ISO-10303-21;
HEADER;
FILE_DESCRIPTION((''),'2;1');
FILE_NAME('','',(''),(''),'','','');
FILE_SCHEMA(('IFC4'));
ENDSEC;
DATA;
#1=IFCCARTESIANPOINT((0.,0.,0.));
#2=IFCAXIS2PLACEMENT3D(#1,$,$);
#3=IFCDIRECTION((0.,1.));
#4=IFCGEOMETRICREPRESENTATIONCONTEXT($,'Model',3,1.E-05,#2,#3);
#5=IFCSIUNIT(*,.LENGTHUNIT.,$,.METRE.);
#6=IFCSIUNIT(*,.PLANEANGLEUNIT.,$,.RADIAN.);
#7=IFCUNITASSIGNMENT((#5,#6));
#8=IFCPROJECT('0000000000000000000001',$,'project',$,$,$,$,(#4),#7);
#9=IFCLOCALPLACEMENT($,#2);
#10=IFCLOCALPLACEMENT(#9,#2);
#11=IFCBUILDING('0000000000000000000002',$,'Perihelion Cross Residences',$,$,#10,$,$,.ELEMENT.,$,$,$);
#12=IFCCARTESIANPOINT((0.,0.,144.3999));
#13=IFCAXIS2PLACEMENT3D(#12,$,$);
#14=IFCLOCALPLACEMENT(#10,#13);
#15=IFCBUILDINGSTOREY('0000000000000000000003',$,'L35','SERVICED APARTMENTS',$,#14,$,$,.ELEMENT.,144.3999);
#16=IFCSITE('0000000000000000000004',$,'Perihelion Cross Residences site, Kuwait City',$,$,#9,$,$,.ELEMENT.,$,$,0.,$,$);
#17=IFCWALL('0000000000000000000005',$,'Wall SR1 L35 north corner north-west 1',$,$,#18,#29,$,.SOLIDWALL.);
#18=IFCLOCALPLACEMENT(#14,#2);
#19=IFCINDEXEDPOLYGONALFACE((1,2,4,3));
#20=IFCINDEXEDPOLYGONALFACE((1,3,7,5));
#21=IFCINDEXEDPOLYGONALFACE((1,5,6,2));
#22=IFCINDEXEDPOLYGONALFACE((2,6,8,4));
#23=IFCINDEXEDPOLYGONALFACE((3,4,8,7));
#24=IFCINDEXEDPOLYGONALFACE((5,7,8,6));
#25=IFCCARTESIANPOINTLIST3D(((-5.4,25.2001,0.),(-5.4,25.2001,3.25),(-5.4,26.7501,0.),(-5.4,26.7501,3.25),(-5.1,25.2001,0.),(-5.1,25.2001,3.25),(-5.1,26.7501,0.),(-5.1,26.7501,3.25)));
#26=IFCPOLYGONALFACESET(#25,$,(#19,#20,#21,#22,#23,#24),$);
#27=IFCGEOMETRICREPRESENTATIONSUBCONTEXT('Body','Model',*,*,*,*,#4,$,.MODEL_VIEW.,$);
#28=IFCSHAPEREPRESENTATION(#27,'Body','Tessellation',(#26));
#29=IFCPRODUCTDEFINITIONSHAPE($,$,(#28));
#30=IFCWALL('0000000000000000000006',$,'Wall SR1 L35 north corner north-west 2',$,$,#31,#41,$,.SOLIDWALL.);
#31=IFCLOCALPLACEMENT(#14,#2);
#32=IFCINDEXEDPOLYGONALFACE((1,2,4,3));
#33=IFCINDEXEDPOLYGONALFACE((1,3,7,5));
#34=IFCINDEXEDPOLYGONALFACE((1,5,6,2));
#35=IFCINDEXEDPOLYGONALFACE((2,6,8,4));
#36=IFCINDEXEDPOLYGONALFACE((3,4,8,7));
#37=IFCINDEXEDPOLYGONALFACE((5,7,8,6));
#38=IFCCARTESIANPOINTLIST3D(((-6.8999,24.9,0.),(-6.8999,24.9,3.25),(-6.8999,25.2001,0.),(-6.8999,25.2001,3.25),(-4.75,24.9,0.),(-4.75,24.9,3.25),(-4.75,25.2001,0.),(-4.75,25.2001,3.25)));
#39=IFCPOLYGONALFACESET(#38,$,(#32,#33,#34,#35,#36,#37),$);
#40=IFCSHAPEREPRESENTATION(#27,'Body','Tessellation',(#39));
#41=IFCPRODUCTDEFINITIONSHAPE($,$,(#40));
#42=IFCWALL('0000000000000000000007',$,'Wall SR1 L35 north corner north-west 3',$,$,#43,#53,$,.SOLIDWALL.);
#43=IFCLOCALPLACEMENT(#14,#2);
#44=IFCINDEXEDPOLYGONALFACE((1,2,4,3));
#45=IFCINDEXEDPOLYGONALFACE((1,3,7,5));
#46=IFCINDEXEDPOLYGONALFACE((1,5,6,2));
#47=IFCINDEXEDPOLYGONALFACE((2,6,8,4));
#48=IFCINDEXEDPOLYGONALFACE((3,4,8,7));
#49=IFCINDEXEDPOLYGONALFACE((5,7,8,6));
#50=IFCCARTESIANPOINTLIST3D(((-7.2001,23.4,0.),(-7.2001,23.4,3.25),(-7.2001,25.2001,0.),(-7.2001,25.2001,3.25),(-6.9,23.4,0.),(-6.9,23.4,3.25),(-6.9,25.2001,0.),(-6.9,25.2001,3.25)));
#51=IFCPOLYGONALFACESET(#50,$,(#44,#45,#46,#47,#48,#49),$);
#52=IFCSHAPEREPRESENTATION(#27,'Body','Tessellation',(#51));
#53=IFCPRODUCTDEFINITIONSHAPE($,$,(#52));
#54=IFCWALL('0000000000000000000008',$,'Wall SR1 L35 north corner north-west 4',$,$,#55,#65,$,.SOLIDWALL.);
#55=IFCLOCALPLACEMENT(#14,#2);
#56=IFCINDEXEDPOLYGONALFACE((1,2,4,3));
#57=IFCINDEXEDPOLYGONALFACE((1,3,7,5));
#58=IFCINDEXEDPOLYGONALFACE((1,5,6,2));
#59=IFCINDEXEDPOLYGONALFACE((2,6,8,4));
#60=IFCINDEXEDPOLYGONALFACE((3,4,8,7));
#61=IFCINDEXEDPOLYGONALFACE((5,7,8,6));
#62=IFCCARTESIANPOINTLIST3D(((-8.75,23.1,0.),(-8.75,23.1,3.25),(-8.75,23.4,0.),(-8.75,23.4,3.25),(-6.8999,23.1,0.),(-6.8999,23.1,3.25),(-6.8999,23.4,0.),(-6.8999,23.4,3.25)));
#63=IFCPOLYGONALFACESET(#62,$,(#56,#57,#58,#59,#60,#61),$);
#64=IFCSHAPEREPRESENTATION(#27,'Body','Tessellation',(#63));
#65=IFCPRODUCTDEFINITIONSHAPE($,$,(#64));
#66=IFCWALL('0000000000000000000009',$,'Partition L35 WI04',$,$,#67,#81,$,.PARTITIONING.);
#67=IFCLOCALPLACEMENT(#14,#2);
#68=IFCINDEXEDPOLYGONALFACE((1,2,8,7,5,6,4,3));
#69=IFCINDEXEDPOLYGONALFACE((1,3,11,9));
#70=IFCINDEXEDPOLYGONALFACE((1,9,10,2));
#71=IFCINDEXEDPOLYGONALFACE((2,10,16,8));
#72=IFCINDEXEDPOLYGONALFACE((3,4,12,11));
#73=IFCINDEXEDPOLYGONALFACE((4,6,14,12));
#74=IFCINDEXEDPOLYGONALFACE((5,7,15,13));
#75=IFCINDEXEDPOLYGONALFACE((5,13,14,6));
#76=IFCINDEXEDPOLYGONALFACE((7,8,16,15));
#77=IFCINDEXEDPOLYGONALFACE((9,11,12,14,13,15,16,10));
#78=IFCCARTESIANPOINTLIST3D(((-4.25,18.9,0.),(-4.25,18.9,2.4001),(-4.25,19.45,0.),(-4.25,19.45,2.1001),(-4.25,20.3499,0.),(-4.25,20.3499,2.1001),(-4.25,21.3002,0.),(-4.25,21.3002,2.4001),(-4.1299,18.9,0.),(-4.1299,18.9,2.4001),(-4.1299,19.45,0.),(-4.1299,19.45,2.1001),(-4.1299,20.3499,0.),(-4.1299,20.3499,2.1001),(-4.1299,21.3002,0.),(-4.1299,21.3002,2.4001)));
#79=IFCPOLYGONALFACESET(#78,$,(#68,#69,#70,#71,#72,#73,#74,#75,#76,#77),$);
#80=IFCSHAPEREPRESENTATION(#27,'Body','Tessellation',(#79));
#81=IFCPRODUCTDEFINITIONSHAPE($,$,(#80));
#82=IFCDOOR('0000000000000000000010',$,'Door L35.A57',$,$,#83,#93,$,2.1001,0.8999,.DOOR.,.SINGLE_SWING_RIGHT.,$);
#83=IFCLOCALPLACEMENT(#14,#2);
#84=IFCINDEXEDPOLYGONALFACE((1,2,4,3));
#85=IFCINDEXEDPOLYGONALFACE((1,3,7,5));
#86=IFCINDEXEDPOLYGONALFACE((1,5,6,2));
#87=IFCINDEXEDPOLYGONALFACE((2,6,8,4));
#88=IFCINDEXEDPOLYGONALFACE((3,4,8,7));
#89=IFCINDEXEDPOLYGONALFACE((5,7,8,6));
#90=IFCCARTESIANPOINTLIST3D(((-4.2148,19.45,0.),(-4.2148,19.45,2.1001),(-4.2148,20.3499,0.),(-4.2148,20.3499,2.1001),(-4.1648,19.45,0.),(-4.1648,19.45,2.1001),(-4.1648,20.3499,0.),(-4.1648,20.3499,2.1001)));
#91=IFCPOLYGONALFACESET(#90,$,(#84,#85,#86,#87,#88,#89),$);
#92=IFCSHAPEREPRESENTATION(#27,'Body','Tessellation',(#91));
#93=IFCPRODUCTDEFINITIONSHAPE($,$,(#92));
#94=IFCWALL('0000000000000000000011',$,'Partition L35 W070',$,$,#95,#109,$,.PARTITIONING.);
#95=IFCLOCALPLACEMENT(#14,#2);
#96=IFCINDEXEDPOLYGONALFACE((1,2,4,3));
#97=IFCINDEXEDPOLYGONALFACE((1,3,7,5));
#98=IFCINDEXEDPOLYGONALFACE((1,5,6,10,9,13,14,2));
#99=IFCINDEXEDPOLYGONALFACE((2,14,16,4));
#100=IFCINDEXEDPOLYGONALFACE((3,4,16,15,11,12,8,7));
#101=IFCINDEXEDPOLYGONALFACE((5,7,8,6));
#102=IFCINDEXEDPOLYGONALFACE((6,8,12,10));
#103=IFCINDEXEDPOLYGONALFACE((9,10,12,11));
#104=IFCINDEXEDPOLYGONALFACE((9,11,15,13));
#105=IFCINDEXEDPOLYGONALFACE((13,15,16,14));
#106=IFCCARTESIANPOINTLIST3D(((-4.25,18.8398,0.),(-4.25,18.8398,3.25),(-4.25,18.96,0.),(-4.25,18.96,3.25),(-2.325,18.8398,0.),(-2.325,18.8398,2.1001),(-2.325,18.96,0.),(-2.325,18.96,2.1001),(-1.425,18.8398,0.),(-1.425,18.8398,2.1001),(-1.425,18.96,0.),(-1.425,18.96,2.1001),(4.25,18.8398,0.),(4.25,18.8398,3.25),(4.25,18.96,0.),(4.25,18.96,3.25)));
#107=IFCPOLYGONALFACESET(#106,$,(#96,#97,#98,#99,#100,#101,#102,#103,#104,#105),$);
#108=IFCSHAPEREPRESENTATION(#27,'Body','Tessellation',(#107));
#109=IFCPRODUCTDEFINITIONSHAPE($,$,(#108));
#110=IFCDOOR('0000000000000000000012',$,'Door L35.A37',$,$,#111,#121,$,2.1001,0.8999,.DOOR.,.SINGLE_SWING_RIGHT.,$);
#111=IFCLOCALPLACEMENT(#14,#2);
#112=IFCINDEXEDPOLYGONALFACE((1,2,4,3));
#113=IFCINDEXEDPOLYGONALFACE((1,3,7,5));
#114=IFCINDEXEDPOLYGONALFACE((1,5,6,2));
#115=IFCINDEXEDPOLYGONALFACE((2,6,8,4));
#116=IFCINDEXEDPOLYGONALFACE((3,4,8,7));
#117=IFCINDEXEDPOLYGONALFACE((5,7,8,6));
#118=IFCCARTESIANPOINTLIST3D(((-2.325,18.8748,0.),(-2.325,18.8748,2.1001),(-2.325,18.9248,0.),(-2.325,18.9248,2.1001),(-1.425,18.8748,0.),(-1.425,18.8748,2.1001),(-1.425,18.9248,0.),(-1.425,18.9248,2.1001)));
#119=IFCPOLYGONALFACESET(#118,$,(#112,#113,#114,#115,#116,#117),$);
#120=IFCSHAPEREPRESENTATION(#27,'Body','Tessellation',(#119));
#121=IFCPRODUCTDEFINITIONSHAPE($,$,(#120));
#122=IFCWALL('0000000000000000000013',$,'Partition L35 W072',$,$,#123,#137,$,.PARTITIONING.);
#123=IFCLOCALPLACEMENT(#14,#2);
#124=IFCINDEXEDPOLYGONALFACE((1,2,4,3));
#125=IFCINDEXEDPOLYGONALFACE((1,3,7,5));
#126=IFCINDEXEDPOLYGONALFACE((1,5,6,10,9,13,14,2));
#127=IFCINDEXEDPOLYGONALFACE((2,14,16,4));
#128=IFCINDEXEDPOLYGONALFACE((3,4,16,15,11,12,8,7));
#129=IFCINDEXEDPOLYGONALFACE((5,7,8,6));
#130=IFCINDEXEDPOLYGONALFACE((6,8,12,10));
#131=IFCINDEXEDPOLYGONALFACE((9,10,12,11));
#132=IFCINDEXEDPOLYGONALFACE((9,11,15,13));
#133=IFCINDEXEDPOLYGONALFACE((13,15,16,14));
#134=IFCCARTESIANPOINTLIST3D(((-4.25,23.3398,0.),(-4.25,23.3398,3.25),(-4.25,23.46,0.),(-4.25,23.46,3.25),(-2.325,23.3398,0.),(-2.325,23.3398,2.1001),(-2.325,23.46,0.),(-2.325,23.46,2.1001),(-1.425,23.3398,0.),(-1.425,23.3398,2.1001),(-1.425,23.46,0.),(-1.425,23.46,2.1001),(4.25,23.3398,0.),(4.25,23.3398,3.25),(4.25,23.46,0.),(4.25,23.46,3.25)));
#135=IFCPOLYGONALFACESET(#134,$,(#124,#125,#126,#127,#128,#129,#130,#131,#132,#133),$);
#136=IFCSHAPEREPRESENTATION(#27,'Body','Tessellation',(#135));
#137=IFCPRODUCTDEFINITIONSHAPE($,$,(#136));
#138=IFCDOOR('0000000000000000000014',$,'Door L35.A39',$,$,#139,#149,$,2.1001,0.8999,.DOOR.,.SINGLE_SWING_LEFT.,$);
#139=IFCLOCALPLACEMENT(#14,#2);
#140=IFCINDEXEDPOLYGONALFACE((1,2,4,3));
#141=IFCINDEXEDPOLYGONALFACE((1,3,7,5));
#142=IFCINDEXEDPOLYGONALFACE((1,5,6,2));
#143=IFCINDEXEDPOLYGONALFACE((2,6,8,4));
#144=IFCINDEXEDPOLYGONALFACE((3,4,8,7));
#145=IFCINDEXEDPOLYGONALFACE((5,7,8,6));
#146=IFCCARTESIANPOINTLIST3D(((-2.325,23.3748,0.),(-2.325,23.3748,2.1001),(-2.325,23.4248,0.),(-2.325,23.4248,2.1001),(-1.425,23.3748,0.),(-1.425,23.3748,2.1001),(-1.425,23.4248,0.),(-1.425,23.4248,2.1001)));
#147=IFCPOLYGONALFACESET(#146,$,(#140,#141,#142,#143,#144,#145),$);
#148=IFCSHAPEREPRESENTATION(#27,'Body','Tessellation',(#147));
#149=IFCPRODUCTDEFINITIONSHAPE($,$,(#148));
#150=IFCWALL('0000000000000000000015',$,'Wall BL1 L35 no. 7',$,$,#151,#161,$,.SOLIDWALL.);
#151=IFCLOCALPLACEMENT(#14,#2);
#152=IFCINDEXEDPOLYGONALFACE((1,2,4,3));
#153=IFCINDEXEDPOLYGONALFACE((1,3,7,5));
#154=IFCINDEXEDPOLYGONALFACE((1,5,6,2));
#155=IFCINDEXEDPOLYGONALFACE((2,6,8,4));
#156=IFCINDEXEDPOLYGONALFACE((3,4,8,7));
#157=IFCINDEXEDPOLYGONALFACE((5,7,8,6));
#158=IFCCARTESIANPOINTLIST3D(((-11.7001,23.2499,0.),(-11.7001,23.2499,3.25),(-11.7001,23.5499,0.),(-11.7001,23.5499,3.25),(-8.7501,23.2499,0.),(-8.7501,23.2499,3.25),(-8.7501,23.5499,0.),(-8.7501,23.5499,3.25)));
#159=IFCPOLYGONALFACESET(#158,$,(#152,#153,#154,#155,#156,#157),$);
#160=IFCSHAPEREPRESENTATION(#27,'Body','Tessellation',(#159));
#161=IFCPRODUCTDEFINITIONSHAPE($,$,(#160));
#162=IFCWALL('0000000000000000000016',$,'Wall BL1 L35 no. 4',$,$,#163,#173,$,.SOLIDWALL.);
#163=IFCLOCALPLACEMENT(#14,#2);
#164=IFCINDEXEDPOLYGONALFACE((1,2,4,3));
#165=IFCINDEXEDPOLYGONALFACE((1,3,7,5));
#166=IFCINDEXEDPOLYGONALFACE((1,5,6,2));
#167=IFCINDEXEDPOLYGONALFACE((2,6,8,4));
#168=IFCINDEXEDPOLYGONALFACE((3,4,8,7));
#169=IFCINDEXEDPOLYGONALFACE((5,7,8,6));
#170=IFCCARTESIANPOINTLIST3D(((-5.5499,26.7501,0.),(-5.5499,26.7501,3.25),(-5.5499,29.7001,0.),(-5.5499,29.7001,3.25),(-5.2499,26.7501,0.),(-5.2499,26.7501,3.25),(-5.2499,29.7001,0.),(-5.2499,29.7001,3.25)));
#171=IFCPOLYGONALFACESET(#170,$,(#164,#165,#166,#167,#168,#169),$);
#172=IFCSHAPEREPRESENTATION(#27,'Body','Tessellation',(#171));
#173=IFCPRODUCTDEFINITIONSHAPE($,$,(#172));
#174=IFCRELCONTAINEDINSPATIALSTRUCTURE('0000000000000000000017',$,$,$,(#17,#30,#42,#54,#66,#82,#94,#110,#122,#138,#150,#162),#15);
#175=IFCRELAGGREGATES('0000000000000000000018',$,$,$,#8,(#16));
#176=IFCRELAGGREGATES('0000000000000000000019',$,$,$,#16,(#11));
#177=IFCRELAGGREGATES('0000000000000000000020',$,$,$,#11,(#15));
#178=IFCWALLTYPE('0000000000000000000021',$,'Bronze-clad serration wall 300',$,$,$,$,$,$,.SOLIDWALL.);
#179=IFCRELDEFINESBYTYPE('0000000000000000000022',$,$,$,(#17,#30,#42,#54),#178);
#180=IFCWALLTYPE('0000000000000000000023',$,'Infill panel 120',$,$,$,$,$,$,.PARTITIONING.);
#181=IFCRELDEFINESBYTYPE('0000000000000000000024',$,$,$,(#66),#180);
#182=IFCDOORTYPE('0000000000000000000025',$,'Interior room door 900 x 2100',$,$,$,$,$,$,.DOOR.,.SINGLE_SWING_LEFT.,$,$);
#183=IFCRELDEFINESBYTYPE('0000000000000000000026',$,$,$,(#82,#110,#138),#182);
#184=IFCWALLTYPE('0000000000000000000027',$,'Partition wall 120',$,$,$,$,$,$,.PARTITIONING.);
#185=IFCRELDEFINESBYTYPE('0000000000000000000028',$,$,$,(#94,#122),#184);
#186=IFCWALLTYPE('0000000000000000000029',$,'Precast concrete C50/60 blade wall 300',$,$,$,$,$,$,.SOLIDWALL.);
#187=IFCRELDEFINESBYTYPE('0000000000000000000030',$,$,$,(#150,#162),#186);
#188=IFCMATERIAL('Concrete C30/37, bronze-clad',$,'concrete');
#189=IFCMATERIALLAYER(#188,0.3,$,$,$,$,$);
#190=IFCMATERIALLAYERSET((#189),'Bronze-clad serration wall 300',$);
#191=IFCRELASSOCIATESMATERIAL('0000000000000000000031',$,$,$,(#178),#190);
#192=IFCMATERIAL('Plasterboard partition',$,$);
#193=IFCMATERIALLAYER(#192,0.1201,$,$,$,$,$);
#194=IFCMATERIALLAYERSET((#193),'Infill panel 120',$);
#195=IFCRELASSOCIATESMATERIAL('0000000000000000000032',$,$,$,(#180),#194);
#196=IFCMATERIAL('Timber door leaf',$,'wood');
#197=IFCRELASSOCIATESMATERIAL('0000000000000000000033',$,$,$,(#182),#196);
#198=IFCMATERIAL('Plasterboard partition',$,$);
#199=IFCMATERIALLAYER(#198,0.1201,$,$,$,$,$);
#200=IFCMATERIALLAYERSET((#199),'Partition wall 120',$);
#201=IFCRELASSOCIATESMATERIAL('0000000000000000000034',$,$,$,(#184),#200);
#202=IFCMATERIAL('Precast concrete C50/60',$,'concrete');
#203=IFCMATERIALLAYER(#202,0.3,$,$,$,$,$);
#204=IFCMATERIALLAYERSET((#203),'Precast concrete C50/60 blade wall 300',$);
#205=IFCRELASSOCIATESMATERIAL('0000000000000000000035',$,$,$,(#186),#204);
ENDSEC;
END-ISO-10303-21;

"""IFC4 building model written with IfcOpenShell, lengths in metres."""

from ifc_helpers import new_model, si_unit, direction, frame, frame_2d, origin, place, context, subcontext, project, spatial, rectangle, extrude, material, layer, layer_set, type_object, element, fill, save


model = new_model("IFC4")

# Units and contexts
model_context = context("Model", 3, precision=1e-05, world=origin(), true_north=direction((0.0, 1.0)))
body_context = subcontext(model_context, "Body", "Model", "MODEL_VIEW")
ifc_project = project(units=[si_unit("LENGTHUNIT", "METRE"), si_unit("PLANEANGLEUNIT", "RADIAN")], contexts=[model_context])

# Site, building, storey
site_placement = place(None, origin())
site = spatial("IfcSite", under=ifc_project, at=site_placement, Name="Perihelion Cross Residences site, Kuwait City", CompositionType="ELEMENT", RefElevation=0.0)
building_placement = place(site_placement, origin())
building = spatial("IfcBuilding", under=site, at=building_placement, Name="Perihelion Cross Residences", CompositionType="ELEMENT")
storey_placement = place(building_placement, frame((0.0, 0.0, 144.3999)))
storey = spatial("IfcBuildingStorey", under=building, at=storey_placement, Name="L35", Description="SERVICED APARTMENTS", CompositionType="ELEMENT", Elevation=144.3999)

# Walls
ifc_material_1 = material(Name="Concrete C30/37, bronze-clad", Category="concrete")
ifc_layer_1 = layer(ifc_material_1, 0.3)
ifc_layer_set_1 = layer_set([ifc_layer_1], Name="Bronze-clad serration wall 300")
wall_type_1 = type_object("IfcWallType", Name="Bronze-clad serration wall 300", PredefinedType="SOLIDWALL", material=ifc_layer_set_1)
wall_1_placement = place(storey_placement, frame((-5.25, 26.75, 0.0), z_axis=(0.0, 0.0, 1.0), x_axis=(0.0, -1.0, 0.0)))
element("IfcWall", 1, at=wall_1_placement, inside=storey, type_object=wall_type_1, Name="Wall SR1 L35 north corner north-west 1", PredefinedType="SOLIDWALL", context=body_context, shape_type="SweptSolid", body=[
    extrude(rectangle(XDim=1.55, YDim=0.3, at=frame_2d((0.7749, 0.0))), origin(), (0.0, 0.0, 1.0), 3.25),
])
wall_2_placement = place(storey_placement, frame((-4.75, 25.05, 0.0), z_axis=(0.0, 0.0, 1.0), x_axis=(-1.0, 0.0, 0.0)))
element("IfcWall", 2, at=wall_2_placement, inside=storey, type_object=wall_type_1, Name="Wall SR1 L35 north corner north-west 2", PredefinedType="SOLIDWALL", context=body_context, shape_type="SweptSolid", body=[
    extrude(rectangle(XDim=2.1499, YDim=0.3, at=frame_2d((1.075, 0.0))), origin(), (0.0, 0.0, 1.0), 3.25),
])
wall_3_placement = place(storey_placement, frame((-7.05, 25.2, 0.0), z_axis=(0.0, 0.0, 1.0), x_axis=(0.0, -1.0, 0.0)))
element("IfcWall", 3, at=wall_3_placement, inside=storey, type_object=wall_type_1, Name="Wall SR1 L35 north corner north-west 3", PredefinedType="SOLIDWALL", context=body_context, shape_type="SweptSolid", body=[
    extrude(rectangle(XDim=1.8, YDim=0.3, at=frame_2d((0.8999, 0.0))), origin(), (0.0, 0.0, 1.0), 3.25),
])
wall_4_placement = place(storey_placement, frame((-6.8999, 23.25, 0.0), z_axis=(0.0, 0.0, 1.0), x_axis=(-1.0, 0.0, 0.0)))
element("IfcWall", 4, at=wall_4_placement, inside=storey, type_object=wall_type_1, Name="Wall SR1 L35 north corner north-west 4", PredefinedType="SOLIDWALL", context=body_context, shape_type="SweptSolid", body=[
    extrude(rectangle(XDim=1.8501, YDim=0.3, at=frame_2d((0.925, 0.0))), origin(), (0.0, 0.0, 1.0), 3.25),
])

# Walls, openings, doors
ifc_material_2 = material(Name="Plasterboard partition")
ifc_layer_2 = layer(ifc_material_2, 0.1201)
ifc_layer_set_2 = layer_set([ifc_layer_2], Name="Infill panel 120")
wall_type_2 = type_object("IfcWallType", Name="Infill panel 120", PredefinedType="PARTITIONING", material=ifc_layer_set_2)
wall_5_placement = place(storey_placement, frame((-4.1899, 18.8999, 0.0), z_axis=(0.0, 0.0, 1.0), x_axis=(0.0, 1.0, 0.0)))
wall_5 = element("IfcWall", 5, at=wall_5_placement, inside=storey, type_object=wall_type_2, Name="Partition L35 WI04", PredefinedType="PARTITIONING", context=body_context, shape_type="SweptSolid", body=[
    extrude(rectangle(XDim=2.4001, YDim=0.1201, at=frame_2d((1.2002, 0.0))), origin(), (0.0, 0.0, 1.0), 2.4001),
])
opening_1_placement = place(wall_5_placement, frame((0.55, 0.0, 0.0)))
opening_1 = element("IfcOpeningElement", 6, at=opening_1_placement, cuts=wall_5, PredefinedType="OPENING", context=body_context, shape_type="SweptSolid", body=[
    extrude(rectangle(XDim=0.8999, YDim=2.1001, at=frame_2d((0.45, 1.05))), frame((0.0, 0.0701, 0.0), z_axis=(0.0, -1.0, 0.0), x_axis=(1.0, 0.0, 0.0)), (0.0, 0.0, 1.0), 0.1401),
])
ifc_material_3 = material(Name="Timber door leaf", Category="wood")
door_type_1 = type_object("IfcDoorType", Name="Interior room door 900 x 2100", OperationType="SINGLE_SWING_LEFT", PredefinedType="DOOR", material=ifc_material_3)
door_1_placement = place(opening_1_placement, origin())
door_1 = element("IfcDoor", 7, at=door_1_placement, inside=storey, type_object=door_type_1, Name="Door L35.A57", OperationType="SINGLE_SWING_RIGHT", OverallHeight=2.1001, OverallWidth=0.8999, PredefinedType="DOOR", context=body_context, shape_type="SweptSolid", body=[
    extrude(rectangle(XDim=0.8999, YDim=2.1001, at=frame_2d((0.45, 1.05))), frame((0.0, 0.0249, 0.0), z_axis=(0.0, -1.0, 0.0), x_axis=(1.0, 0.0, 0.0)), (0.0, 0.0, 1.0), 0.05),
])
fill(opening_1, door_1)
ifc_material_4 = material(Name="Plasterboard partition")
ifc_layer_3 = layer(ifc_material_4, 0.1201)
ifc_layer_set_3 = layer_set([ifc_layer_3], Name="Partition wall 120")
wall_type_3 = type_object("IfcWallType", Name="Partition wall 120", PredefinedType="PARTITIONING", material=ifc_layer_set_3)
wall_6_placement = place(storey_placement, frame((-4.25, 18.8999, 0.0), z_axis=(0.0, 0.0, 1.0), x_axis=(1.0, 0.0, 0.0)))
wall_6 = element("IfcWall", 8, at=wall_6_placement, inside=storey, type_object=wall_type_3, Name="Partition L35 W070", PredefinedType="PARTITIONING", context=body_context, shape_type="SweptSolid", body=[
    extrude(rectangle(XDim=8.5, YDim=0.1201, at=frame_2d((4.25, 0.0))), origin(), (0.0, 0.0, 1.0), 3.25),
])
opening_2_placement = place(wall_6_placement, frame((1.925, 0.0, 0.0)))
opening_2 = element("IfcOpeningElement", 9, at=opening_2_placement, cuts=wall_6, PredefinedType="OPENING", context=body_context, shape_type="SweptSolid", body=[
    extrude(rectangle(XDim=0.8999, YDim=2.1001, at=frame_2d((0.45, 1.05))), frame((0.0, 0.0701, 0.0), z_axis=(0.0, -1.0, 0.0), x_axis=(1.0, 0.0, 0.0)), (0.0, 0.0, 1.0), 0.1401),
])
door_2_placement = place(opening_2_placement, origin())
door_2 = element("IfcDoor", 10, at=door_2_placement, inside=storey, type_object=door_type_1, Name="Door L35.A37", OperationType="SINGLE_SWING_RIGHT", OverallHeight=2.1001, OverallWidth=0.8999, PredefinedType="DOOR", context=body_context, shape_type="SweptSolid", body=[
    extrude(rectangle(XDim=0.8999, YDim=2.1001, at=frame_2d((0.45, 1.05))), frame((0.0, 0.0249, 0.0), z_axis=(0.0, -1.0, 0.0), x_axis=(1.0, 0.0, 0.0)), (0.0, 0.0, 1.0), 0.05),
])
fill(opening_2, door_2)
wall_7_placement = place(storey_placement, frame((-4.25, 23.3999, 0.0), z_axis=(0.0, 0.0, 1.0), x_axis=(1.0, 0.0, 0.0)))
wall_7 = element("IfcWall", 11, at=wall_7_placement, inside=storey, type_object=wall_type_3, Name="Partition L35 W072", PredefinedType="PARTITIONING", context=body_context, shape_type="SweptSolid", body=[
    extrude(rectangle(XDim=8.5, YDim=0.1201, at=frame_2d((4.25, 0.0))), origin(), (0.0, 0.0, 1.0), 3.25),
])
opening_3_placement = place(wall_7_placement, frame((1.925, 0.0, 0.0)))
opening_3 = element("IfcOpeningElement", 12, at=opening_3_placement, cuts=wall_7, PredefinedType="OPENING", context=body_context, shape_type="SweptSolid", body=[
    extrude(rectangle(XDim=0.8999, YDim=2.1001, at=frame_2d((0.45, 1.05))), frame((0.0, 0.0701, 0.0), z_axis=(0.0, -1.0, 0.0), x_axis=(1.0, 0.0, 0.0)), (0.0, 0.0, 1.0), 0.1401),
])
door_3_placement = place(opening_3_placement, origin())
door_3 = element("IfcDoor", 13, at=door_3_placement, inside=storey, type_object=door_type_1, Name="Door L35.A39", OperationType="SINGLE_SWING_LEFT", OverallHeight=2.1001, OverallWidth=0.8999, PredefinedType="DOOR", context=body_context, shape_type="SweptSolid", body=[
    extrude(rectangle(XDim=0.8999, YDim=2.1001, at=frame_2d((0.45, 1.05))), frame((0.0, 0.0249, 0.0), z_axis=(0.0, -1.0, 0.0), x_axis=(1.0, 0.0, 0.0)), (0.0, 0.0, 1.0), 0.05),
])
fill(opening_3, door_3)

# Walls
ifc_material_5 = material(Name="Precast concrete C50/60", Category="concrete")
ifc_layer_4 = layer(ifc_material_5, 0.3)
ifc_layer_set_4 = layer_set([ifc_layer_4], Name="Precast concrete C50/60 blade wall 300")
wall_type_4 = type_object("IfcWallType", Name="Precast concrete C50/60 blade wall 300", PredefinedType="SOLIDWALL", material=ifc_layer_set_4)
for number, where, z_axis, x_axis, name in (
    (14, (-8.75, 23.3999, 0.0), (0.0, 0.0, 1.0), (-1.0, 0.0, 0.0), "Wall BL1 L35 no. 7"),
    (15, (-5.3999, 26.75, 0.0), (0.0, 0.0, 1.0), (0.0, 1.0, 0.0), "Wall BL1 L35 no. 4"),
):
    element("IfcWall", number, at=place(storey_placement, frame(where, z_axis=z_axis, x_axis=x_axis)), inside=storey, type_object=wall_type_4, Name=name, PredefinedType="SOLIDWALL", context=body_context, shape_type="SweptSolid", body=[
        extrude(rectangle(XDim=2.95, YDim=0.3, at=frame_2d((1.4751, 0.0))), origin(), (0.0, 0.0, 1.0), 3.25),
    ])

save(model, "model.ifc")
